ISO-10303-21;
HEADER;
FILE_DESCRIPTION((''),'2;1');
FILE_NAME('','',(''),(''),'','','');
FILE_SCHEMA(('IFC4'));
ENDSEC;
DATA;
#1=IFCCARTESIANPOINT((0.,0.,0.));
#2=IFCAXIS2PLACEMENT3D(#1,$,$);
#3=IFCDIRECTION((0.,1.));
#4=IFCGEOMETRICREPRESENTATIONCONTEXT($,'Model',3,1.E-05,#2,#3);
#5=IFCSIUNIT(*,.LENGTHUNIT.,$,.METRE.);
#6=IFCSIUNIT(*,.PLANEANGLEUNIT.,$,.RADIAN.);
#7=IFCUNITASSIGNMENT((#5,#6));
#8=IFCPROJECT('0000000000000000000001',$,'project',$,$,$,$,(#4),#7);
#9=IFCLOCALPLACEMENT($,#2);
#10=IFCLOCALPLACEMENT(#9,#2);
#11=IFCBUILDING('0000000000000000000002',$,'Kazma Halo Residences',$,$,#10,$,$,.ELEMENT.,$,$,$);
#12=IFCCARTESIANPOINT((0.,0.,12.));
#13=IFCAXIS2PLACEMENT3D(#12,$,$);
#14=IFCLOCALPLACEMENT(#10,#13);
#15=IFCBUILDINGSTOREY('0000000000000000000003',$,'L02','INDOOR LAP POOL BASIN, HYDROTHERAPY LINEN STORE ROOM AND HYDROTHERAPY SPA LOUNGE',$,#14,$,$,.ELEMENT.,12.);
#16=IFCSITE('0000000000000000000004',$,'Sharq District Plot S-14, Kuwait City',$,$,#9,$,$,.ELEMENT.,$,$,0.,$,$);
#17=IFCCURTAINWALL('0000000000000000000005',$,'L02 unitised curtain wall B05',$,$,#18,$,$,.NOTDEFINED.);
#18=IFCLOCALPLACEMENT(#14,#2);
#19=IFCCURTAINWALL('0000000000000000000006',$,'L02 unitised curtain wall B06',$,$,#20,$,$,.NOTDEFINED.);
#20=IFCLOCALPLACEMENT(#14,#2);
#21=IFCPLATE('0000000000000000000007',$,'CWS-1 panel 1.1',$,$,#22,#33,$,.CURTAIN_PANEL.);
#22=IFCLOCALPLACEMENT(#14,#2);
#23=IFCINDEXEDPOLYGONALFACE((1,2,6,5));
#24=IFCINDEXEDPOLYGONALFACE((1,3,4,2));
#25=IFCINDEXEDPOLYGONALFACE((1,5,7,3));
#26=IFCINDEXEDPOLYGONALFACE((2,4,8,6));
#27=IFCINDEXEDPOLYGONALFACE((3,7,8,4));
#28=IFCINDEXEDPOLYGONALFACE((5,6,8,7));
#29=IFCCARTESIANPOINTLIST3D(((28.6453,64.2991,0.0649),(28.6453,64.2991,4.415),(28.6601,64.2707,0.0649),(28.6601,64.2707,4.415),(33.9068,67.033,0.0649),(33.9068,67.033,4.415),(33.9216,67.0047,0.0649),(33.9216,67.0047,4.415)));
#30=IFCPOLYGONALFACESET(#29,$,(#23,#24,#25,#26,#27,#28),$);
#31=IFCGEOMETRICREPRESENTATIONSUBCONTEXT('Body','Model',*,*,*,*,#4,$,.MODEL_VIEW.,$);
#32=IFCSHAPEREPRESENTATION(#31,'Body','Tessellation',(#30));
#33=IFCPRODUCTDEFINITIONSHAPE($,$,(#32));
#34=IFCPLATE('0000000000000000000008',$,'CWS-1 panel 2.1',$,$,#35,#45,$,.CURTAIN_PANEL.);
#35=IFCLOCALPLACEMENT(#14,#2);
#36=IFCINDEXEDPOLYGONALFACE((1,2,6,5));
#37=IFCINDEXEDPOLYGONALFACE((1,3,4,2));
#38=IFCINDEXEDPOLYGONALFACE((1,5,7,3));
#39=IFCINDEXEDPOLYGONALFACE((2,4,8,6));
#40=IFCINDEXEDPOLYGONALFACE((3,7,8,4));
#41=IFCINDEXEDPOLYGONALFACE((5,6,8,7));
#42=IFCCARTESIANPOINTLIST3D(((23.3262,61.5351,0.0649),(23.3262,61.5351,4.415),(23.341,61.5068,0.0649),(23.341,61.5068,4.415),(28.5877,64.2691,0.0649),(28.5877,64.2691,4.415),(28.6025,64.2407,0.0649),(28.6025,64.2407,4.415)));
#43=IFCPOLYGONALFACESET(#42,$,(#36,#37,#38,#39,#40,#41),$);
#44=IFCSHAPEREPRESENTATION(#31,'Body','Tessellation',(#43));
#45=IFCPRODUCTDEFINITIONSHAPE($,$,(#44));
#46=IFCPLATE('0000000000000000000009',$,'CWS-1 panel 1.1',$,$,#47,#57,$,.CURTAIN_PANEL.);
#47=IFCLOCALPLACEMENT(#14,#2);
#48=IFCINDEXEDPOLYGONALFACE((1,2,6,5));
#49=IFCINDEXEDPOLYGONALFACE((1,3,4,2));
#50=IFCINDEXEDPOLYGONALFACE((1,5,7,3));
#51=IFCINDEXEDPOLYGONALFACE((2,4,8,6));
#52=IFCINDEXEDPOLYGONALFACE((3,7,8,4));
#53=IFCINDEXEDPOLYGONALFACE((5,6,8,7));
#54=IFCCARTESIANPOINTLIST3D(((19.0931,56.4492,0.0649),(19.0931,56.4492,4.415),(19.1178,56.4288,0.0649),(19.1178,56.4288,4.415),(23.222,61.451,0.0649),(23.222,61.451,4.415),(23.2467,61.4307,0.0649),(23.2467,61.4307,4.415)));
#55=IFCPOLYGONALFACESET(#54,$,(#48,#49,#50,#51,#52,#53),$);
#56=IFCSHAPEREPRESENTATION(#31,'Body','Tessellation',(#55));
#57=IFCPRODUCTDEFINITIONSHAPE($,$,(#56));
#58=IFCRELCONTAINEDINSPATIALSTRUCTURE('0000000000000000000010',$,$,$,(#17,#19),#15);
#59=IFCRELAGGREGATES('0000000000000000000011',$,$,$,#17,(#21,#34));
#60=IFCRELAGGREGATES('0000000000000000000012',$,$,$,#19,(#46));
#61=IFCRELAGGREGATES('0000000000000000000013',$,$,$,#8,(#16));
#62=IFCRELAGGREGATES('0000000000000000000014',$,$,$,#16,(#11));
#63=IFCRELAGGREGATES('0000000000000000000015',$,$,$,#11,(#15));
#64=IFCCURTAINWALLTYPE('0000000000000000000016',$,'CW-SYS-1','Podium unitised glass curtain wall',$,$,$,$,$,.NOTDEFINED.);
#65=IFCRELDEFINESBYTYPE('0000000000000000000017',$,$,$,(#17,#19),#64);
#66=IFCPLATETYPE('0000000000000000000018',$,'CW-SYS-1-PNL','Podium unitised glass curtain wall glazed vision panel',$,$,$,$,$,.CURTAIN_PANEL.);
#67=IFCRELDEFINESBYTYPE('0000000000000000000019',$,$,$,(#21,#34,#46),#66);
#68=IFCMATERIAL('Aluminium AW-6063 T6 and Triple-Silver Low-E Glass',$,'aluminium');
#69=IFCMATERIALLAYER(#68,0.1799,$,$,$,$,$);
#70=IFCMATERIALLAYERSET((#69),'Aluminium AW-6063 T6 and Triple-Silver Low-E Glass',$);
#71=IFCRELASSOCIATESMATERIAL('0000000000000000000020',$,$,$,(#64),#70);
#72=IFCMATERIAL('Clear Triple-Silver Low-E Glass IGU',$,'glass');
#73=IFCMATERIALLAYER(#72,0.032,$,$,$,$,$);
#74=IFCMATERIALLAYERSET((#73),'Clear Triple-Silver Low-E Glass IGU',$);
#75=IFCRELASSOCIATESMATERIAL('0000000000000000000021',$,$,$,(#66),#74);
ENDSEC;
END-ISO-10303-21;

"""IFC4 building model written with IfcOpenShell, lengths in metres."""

from ifc_helpers import new_model, si_unit, direction, frame, origin, origin_2d, place, context, subcontext, project, spatial, rectangle, extrude, material, layer, layer_set, type_object, element, aggregate, save


model = new_model("IFC4")

# Units and contexts
model_context = context("Model", 3, precision=1e-05, world=origin(), true_north=direction((0.0, 1.0)))
body_context = subcontext(model_context, "Body", "Model", "MODEL_VIEW")
ifc_project = project(units=[si_unit("LENGTHUNIT", "METRE"), si_unit("PLANEANGLEUNIT", "RADIAN")], contexts=[model_context])

# Site, building, storey
site_placement = place(None, origin())
site = spatial("IfcSite", under=ifc_project, at=site_placement, Name="Sharq District Plot S-14, Kuwait City", CompositionType="ELEMENT", RefElevation=0.0)
building_placement = place(site_placement, origin())
building = spatial("IfcBuilding", under=site, at=building_placement, Name="Kazma Halo Residences", CompositionType="ELEMENT")
storey_placement = place(building_placement, frame((0.0, 0.0, 12.0)))
storey = spatial("IfcBuildingStorey", under=building, at=storey_placement, Name="L02", Description="INDOOR LAP POOL BASIN, HYDROTHERAPY LINEN STORE ROOM AND HYDROTHERAPY SPA LOUNGE", CompositionType="ELEMENT", Elevation=12.0)

# Shared definitions
ifc_material_1 = material(Name="Aluminium AW-6063 T6 and Triple-Silver Low-E Glass", Category="aluminium")
ifc_layer_1 = layer(ifc_material_1, 0.1799)
ifc_layer_set_1 = layer_set([ifc_layer_1], Name="Aluminium AW-6063 T6 and Triple-Silver Low-E Glass")
curtain_wall_type = type_object("IfcCurtainWallType", Name="CW-SYS-1", Description="Podium unitised glass curtain wall", PredefinedType="NOTDEFINED", material=ifc_layer_set_1)

# Curtain walls
curtain_wall_1_placement = place(storey_placement, origin())
curtain_wall_1 = element("IfcCurtainWall", 1, at=curtain_wall_1_placement, inside=storey, type_object=curtain_wall_type, Name="L02 unitised curtain wall B05", PredefinedType="NOTDEFINED")
curtain_wall_2_placement = place(storey_placement, origin())
curtain_wall_2 = element("IfcCurtainWall", 2, at=curtain_wall_2_placement, inside=storey, type_object=curtain_wall_type, Name="L02 unitised curtain wall B06", PredefinedType="NOTDEFINED")

# Plates
ifc_material_2 = material(Name="Clear Triple-Silver Low-E Glass IGU", Category="glass")
ifc_layer_2 = layer(ifc_material_2, 0.032)
ifc_layer_set_2 = layer_set([ifc_layer_2], Name="Clear Triple-Silver Low-E Glass IGU")
plate_type = type_object("IfcPlateType", Name="CW-SYS-1-PNL", Description="Podium unitised glass curtain wall glazed vision panel", PredefinedType="CURTAIN_PANEL", material=ifc_layer_set_2)
plate_1_placement = place(storey_placement, frame((31.2834, 65.6519, 0.0649), z_axis=(0.0, 0.0, 1.0), x_axis=(-0.887355, -0.461087, 0.0)))
plate_1 = element("IfcPlate", 3, at=plate_1_placement, type_object=plate_type, Name="CWS-1 panel 1.1", PredefinedType="CURTAIN_PANEL", context=body_context, shape_type="SweptSolid", body=[
    extrude(rectangle(XDim=5.9294, YDim=0.032, at=origin_2d()), origin(), (0.0, 0.0, 1.0), 4.3501),
])
plate_2_placement = place(storey_placement, frame((25.9644, 62.8879, 0.0649), z_axis=(0.0, 0.0, 1.0), x_axis=(-0.887355, -0.461087, 0.0)))
plate_2 = element("IfcPlate", 4, at=plate_2_placement, type_object=plate_type, Name="CWS-1 panel 2.1", PredefinedType="CURTAIN_PANEL", context=body_context, shape_type="SweptSolid", body=[
    extrude(rectangle(XDim=5.9294, YDim=0.032, at=origin_2d()), origin(), (0.0, 0.0, 1.0), 4.3501),
])
aggregate(curtain_wall_1, [plate_1, plate_2])
plate_3_placement = place(storey_placement, frame((21.1699, 58.9399, 0.0649), z_axis=(0.0, 0.0, 1.0), x_axis=(-0.636603, -0.771192, 0.0)))
plate_3 = element("IfcPlate", 5, at=plate_3_placement, type_object=plate_type, Name="CWS-1 panel 1.1", PredefinedType="CURTAIN_PANEL", context=body_context, shape_type="SweptSolid", body=[
    extrude(rectangle(XDim=6.4858, YDim=0.032, at=origin_2d()), origin(), (0.0, 0.0, 1.0), 4.3501),
])
aggregate(curtain_wall_2, [plate_3])

save(model, "model.ifc")
